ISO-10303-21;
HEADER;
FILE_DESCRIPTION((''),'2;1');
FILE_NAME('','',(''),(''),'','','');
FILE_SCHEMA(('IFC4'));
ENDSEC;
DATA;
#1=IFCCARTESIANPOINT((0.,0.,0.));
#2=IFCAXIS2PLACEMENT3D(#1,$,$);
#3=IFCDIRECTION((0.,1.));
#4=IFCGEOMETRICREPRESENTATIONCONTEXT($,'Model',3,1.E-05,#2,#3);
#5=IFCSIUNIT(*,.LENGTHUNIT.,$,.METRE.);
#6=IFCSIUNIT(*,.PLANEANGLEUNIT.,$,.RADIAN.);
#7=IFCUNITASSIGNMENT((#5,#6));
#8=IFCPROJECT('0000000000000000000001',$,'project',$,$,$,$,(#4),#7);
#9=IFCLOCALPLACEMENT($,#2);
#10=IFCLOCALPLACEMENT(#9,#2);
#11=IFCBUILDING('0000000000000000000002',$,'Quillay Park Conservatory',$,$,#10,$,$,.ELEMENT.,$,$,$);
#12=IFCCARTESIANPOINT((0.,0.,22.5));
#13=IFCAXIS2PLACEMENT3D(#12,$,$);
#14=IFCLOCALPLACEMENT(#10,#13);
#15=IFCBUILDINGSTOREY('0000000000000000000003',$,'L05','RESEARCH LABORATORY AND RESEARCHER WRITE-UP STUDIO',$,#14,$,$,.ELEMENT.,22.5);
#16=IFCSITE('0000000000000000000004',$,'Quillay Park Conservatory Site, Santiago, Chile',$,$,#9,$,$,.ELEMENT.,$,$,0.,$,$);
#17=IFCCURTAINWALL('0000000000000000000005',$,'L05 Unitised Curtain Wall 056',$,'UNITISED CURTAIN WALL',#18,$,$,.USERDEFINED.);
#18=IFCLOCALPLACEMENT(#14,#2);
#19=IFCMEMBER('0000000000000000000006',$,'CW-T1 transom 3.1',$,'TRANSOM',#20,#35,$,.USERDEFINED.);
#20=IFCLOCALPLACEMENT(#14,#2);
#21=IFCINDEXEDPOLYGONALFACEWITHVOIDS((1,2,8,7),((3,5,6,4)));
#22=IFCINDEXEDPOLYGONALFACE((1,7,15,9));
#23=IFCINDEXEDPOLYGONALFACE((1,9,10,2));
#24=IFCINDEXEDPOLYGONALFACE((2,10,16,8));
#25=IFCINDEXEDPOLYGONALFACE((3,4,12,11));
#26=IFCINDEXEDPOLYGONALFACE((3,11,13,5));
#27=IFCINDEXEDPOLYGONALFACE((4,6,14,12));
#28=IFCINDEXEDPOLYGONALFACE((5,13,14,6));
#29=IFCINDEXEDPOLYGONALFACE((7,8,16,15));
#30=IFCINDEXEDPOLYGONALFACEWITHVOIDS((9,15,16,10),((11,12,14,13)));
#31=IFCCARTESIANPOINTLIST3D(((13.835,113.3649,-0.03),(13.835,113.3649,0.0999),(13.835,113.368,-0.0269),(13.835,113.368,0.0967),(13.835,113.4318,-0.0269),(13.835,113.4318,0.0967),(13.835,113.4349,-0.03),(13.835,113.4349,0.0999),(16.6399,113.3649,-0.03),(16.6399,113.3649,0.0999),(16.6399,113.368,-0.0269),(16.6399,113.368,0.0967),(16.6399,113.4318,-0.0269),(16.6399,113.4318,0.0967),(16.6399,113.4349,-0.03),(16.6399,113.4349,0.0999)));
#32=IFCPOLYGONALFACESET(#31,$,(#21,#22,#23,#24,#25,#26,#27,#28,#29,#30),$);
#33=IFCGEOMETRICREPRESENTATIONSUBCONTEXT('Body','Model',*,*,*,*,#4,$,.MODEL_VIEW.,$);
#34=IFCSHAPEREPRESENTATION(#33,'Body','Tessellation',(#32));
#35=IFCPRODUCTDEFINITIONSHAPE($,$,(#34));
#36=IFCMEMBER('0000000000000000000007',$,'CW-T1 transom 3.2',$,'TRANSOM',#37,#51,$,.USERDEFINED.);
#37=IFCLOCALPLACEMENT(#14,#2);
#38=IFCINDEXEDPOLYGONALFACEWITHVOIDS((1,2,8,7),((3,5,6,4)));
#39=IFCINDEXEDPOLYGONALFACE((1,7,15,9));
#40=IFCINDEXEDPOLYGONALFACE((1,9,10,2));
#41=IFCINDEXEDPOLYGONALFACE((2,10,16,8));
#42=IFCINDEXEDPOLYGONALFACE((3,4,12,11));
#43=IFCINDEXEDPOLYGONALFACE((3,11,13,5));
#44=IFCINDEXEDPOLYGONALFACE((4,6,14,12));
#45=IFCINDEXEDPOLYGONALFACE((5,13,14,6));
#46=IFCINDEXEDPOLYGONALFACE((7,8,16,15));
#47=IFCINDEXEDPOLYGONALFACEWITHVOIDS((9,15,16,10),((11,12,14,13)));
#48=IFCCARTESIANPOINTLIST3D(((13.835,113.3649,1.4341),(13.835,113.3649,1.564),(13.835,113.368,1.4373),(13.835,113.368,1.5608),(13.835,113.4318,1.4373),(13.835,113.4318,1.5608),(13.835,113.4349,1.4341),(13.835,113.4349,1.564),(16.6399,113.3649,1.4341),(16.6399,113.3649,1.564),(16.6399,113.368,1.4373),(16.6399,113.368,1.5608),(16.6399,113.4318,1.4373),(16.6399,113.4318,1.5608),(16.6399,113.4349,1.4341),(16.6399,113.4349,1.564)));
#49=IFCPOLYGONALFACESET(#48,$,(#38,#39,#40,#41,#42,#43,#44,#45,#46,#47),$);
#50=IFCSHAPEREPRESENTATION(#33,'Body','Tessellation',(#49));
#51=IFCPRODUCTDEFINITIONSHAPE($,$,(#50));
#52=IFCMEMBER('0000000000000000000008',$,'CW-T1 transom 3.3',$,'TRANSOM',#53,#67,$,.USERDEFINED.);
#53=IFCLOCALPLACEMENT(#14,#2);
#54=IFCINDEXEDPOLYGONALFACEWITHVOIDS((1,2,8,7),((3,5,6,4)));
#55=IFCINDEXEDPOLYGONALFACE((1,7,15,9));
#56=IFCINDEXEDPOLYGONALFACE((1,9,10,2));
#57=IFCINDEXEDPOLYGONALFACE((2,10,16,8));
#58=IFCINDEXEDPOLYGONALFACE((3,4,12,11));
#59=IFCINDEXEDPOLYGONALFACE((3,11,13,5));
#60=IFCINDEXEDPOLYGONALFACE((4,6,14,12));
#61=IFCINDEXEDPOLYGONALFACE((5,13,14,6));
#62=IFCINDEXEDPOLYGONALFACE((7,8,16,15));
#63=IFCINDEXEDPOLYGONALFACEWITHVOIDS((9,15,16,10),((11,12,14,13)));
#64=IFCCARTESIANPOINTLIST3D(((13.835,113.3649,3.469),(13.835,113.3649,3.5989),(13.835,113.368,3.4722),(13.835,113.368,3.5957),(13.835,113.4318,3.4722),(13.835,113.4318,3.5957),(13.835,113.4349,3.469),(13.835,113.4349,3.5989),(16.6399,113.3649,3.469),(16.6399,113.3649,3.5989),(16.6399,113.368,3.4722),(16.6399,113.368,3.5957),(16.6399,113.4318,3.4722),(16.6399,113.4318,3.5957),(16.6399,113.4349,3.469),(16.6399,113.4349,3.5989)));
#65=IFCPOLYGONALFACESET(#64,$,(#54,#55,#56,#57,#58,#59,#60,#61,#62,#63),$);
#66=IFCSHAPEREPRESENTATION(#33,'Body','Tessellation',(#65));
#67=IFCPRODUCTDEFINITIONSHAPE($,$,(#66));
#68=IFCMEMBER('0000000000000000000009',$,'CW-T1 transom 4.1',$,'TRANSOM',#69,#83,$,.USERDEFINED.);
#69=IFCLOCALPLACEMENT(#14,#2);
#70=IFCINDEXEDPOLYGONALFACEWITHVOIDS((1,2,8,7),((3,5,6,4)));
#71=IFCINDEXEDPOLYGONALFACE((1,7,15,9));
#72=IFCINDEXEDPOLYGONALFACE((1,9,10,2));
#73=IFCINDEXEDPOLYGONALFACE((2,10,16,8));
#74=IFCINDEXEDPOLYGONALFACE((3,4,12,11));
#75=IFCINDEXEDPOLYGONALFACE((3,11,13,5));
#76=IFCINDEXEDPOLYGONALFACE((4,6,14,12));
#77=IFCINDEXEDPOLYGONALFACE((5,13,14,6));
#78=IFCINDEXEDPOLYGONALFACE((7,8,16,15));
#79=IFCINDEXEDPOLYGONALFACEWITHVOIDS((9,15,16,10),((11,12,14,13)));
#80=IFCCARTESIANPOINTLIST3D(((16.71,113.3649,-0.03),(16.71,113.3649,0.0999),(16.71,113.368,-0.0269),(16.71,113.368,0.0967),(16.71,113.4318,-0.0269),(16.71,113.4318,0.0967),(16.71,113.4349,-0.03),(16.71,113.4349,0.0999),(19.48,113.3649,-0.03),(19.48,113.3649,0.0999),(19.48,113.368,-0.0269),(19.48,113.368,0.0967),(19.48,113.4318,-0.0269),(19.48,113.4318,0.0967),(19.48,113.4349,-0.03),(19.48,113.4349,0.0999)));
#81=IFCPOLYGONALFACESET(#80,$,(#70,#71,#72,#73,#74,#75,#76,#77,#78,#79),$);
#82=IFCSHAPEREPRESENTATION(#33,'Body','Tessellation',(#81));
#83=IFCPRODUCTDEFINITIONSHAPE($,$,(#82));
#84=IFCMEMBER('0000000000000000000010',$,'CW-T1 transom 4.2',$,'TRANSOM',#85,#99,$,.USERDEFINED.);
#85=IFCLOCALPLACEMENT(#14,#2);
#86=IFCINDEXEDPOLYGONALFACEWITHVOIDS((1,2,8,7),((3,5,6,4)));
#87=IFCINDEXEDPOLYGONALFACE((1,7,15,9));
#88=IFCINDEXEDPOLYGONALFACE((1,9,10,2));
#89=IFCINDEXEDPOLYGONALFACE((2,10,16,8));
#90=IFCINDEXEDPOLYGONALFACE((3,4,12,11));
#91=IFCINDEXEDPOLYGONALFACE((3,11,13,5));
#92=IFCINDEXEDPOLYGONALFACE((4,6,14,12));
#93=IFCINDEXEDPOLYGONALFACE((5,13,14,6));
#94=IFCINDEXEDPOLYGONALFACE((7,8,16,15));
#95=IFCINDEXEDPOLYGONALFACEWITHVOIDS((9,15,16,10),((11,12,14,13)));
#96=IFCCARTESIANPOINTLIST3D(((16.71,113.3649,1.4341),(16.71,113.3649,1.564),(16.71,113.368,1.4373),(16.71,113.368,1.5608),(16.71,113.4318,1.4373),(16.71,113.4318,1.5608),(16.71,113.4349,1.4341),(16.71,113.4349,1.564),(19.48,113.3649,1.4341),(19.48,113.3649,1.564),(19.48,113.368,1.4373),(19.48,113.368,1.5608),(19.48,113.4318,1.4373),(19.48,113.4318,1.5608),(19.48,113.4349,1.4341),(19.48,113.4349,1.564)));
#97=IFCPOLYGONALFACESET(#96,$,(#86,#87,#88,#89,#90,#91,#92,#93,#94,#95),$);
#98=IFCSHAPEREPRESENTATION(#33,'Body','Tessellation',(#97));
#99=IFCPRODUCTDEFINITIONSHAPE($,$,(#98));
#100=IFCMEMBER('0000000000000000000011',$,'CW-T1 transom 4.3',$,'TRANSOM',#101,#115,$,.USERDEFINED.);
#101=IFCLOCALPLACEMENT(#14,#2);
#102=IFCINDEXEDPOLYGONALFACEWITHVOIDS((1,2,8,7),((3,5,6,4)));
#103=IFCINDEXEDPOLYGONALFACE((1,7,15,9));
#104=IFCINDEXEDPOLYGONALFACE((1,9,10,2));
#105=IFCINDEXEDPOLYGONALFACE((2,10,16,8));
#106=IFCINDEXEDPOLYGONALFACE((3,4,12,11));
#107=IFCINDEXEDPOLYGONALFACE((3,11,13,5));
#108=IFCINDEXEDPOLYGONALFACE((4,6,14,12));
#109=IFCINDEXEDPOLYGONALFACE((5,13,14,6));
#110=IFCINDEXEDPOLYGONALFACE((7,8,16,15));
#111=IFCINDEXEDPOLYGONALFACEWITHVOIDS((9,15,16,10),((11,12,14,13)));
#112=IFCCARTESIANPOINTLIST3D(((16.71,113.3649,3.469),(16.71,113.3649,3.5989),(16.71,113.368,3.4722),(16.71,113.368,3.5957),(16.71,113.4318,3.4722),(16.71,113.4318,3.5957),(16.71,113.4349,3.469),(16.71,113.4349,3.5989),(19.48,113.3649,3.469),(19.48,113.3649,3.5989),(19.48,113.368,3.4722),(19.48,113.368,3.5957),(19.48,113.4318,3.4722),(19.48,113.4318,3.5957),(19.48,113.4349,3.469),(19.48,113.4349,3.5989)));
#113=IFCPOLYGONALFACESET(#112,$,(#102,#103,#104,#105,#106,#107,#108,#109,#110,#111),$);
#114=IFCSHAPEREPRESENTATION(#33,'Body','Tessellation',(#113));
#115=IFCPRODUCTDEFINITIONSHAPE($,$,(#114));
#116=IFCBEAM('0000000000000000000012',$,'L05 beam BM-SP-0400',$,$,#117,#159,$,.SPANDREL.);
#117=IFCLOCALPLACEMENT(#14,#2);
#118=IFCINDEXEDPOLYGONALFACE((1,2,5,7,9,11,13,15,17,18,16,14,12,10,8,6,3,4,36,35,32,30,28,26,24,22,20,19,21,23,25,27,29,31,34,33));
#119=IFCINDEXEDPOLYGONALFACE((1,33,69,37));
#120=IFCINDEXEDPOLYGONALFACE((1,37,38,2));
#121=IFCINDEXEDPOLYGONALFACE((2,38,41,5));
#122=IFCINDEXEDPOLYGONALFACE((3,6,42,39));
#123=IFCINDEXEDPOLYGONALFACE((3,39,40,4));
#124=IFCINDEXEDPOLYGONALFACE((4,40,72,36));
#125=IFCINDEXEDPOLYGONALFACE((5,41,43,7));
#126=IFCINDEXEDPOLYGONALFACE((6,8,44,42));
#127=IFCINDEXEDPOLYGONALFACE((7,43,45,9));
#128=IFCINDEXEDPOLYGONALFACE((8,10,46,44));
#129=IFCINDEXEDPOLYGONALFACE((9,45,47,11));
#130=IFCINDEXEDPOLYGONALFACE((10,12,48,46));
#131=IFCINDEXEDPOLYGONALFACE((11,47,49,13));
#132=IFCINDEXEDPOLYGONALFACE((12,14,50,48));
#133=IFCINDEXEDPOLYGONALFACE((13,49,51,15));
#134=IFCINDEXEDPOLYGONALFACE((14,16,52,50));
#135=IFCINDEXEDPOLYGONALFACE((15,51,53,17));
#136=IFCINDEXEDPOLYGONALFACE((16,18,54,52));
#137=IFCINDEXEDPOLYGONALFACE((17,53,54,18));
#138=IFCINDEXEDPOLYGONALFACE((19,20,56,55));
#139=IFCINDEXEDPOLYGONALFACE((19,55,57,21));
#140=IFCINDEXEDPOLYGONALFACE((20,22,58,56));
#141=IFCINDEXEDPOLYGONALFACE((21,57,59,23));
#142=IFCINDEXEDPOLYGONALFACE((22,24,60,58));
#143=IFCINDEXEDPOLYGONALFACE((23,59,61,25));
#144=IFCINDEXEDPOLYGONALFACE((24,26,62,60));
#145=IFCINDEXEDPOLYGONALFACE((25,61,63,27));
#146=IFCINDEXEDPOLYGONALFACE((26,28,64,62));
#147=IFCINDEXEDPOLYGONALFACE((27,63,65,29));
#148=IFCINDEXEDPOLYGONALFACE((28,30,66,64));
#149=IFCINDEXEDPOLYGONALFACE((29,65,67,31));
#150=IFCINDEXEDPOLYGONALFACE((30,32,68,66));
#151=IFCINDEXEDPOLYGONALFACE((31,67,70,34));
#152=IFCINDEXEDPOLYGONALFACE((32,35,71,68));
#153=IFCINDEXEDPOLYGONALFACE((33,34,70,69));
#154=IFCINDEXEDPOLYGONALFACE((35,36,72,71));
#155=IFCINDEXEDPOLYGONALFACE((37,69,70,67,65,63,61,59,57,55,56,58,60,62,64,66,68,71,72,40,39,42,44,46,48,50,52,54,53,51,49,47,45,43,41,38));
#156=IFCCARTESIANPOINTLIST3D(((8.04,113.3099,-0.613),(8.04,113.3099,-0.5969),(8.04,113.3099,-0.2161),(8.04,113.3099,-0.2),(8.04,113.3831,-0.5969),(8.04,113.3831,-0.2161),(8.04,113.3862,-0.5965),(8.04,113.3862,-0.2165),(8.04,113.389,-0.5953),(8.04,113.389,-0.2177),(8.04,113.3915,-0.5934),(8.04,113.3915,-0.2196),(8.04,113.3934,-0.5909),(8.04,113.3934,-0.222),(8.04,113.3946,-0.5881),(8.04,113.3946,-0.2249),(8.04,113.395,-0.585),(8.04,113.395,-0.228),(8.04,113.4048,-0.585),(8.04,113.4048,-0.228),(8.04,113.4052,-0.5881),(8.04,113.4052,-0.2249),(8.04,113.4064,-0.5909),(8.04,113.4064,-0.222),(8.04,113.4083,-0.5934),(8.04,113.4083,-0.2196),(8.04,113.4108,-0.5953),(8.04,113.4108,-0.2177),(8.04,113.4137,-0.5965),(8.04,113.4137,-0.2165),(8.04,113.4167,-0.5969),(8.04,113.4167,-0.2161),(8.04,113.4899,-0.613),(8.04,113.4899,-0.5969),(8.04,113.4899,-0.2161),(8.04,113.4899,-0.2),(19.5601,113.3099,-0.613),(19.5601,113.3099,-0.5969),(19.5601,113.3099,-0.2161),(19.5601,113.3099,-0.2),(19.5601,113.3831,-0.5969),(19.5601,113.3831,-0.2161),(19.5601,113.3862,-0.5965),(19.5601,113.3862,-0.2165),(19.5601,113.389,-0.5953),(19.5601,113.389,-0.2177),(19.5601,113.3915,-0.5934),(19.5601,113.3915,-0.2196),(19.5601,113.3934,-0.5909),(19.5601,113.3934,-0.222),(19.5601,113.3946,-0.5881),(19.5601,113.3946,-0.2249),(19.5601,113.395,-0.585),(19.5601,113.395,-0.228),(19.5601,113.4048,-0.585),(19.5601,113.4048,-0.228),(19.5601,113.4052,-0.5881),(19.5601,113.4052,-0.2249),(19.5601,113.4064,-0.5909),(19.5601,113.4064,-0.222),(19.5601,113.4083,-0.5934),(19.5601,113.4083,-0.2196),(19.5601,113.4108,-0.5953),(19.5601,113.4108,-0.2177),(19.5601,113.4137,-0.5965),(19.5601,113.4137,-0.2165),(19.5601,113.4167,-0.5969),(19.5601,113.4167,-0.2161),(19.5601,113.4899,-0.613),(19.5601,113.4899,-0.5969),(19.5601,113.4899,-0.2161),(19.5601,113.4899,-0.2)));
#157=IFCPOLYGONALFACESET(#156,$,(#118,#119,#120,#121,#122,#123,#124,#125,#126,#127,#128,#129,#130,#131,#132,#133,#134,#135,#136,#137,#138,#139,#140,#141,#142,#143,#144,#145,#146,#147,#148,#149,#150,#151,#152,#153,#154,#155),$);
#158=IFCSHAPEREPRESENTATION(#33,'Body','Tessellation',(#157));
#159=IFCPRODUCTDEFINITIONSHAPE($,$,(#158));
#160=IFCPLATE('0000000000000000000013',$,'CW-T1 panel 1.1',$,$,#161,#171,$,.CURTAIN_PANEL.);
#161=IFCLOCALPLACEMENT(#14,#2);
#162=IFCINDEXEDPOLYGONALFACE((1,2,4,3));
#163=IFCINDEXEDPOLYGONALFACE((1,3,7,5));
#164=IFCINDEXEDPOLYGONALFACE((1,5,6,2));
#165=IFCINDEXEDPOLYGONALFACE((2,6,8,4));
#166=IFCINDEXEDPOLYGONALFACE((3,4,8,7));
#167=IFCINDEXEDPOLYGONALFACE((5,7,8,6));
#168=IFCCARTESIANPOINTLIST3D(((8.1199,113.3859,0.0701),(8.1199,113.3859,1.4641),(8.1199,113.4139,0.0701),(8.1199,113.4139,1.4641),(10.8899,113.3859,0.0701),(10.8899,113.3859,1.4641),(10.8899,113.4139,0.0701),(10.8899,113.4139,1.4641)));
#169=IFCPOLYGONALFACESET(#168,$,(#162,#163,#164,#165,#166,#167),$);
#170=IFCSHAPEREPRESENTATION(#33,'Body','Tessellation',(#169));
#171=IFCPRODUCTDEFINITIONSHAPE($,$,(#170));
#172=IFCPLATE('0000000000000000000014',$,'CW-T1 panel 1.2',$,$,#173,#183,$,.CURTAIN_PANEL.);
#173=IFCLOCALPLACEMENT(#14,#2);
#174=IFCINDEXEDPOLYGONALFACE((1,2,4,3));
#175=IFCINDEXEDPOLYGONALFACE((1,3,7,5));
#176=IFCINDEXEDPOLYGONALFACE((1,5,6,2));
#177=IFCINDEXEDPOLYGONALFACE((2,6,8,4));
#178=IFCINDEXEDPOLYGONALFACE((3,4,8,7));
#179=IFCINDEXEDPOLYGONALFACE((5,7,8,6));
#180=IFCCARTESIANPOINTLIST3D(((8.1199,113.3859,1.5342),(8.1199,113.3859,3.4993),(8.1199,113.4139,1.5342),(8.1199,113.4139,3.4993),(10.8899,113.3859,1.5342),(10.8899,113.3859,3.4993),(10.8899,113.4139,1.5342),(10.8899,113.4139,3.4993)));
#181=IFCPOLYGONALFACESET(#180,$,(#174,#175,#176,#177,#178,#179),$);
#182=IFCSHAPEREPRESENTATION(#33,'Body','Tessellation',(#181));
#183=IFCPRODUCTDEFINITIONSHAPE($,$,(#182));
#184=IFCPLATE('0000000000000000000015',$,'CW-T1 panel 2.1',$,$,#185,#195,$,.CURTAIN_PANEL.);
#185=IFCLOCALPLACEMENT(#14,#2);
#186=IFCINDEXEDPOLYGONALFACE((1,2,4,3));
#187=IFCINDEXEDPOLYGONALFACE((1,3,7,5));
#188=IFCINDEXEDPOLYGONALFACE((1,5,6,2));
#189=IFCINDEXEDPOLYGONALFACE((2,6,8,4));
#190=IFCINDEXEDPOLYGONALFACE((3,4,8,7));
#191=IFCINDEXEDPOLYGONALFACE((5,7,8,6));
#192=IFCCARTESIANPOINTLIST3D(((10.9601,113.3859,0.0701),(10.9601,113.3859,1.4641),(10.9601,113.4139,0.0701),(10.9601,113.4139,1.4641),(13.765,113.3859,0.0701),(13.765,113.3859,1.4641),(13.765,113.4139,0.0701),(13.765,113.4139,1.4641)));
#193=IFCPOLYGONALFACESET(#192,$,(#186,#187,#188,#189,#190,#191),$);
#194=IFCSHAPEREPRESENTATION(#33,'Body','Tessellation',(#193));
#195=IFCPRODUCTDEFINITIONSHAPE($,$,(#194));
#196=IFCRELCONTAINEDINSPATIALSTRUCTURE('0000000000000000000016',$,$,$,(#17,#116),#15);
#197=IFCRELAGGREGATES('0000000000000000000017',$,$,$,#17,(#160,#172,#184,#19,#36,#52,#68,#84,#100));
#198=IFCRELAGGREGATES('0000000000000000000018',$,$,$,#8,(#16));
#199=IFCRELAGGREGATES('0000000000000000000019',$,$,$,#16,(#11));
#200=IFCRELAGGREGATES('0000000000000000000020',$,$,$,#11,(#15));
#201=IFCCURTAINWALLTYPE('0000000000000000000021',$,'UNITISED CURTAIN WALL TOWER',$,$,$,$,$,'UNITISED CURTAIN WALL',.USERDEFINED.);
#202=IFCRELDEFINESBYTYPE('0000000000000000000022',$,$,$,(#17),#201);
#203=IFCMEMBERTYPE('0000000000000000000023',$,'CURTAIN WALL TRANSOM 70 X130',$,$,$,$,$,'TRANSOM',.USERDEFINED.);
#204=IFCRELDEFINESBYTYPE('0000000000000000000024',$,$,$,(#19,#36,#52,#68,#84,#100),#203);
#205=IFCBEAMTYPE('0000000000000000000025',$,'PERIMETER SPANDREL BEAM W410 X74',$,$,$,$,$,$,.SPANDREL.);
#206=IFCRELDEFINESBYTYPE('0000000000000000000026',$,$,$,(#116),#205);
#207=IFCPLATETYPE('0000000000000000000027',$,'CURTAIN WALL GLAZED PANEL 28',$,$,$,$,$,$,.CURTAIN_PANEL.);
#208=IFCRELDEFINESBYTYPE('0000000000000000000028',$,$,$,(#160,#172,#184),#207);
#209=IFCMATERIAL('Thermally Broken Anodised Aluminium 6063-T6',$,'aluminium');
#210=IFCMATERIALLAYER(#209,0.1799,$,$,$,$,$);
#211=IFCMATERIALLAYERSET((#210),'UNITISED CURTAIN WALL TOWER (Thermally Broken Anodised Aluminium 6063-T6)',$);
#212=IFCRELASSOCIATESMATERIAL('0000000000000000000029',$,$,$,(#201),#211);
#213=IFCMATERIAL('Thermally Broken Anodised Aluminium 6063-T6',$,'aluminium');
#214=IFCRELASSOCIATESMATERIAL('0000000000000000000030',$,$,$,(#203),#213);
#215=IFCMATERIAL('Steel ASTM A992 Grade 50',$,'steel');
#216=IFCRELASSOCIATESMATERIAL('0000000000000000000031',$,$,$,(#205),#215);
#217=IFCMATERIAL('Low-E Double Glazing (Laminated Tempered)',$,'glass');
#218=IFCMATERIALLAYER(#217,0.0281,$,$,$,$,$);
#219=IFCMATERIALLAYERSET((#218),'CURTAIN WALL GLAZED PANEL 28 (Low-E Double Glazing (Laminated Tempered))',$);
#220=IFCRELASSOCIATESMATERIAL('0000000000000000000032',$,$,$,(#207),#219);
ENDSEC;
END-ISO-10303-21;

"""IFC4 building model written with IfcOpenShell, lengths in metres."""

from ifc_helpers import new_model, si_unit, direction, frame, origin, origin_2d, place, context, subcontext, project, spatial, rectangle, hollow_rectangle, i_section, extrude, material, layer, layer_set, material_profile, profile_set, type_object, element, aggregate, save


model = new_model("IFC4")

# Units and contexts
model_context = context("Model", 3, precision=1e-05, world=origin(), true_north=direction((0.0, 1.0)))
body_context = subcontext(model_context, "Body", "Model", "MODEL_VIEW")
ifc_project = project(units=[si_unit("LENGTHUNIT", "METRE"), si_unit("PLANEANGLEUNIT", "RADIAN")], contexts=[model_context])

# Site, building, storey
site_placement = place(None, origin())
site = spatial("IfcSite", under=ifc_project, at=site_placement, Name="Quillay Park Conservatory Site, Santiago, Chile", CompositionType="ELEMENT", RefElevation=0.0)
building_placement = place(site_placement, origin())
building = spatial("IfcBuilding", under=site, at=building_placement, Name="Quillay Park Conservatory", CompositionType="ELEMENT")
storey_placement = place(building_placement, frame((0.0, 0.0, 22.5)))
storey = spatial("IfcBuildingStorey", under=building, at=storey_placement, Name="L05", Description="RESEARCH LABORATORY AND RESEARCHER WRITE-UP STUDIO", CompositionType="ELEMENT", Elevation=22.5)

# Curtain wall, members
ifc_material_1 = material(Name="Thermally Broken Anodised Aluminium 6063-T6", Category="aluminium")
ifc_layer_1 = layer(ifc_material_1, 0.1799)
ifc_layer_set_1 = layer_set([ifc_layer_1], Name="UNITISED CURTAIN WALL TOWER (Thermally Broken Anodised Aluminium 6063-T6)")
curtain_wall_type = type_object("IfcCurtainWallType", Name="UNITISED CURTAIN WALL TOWER", ElementType="UNITISED CURTAIN WALL", PredefinedType="USERDEFINED", material=ifc_layer_set_1)
curtain_wall_placement = place(storey_placement, origin())
curtain_wall = element("IfcCurtainWall", 1, at=curtain_wall_placement, inside=storey, type_object=curtain_wall_type, Name="L05 Unitised Curtain Wall 056", ObjectType="UNITISED CURTAIN WALL", PredefinedType="USERDEFINED")
ifc_material_2 = material(Name="Thermally Broken Anodised Aluminium 6063-T6", Category="aluminium")
ifc_material_profile_1 = material_profile(ifc_material_2, hollow_rectangle(XDim=0.0701, YDim=0.1299, WallThickness=0.0032, at=origin_2d()), Name="AL70x130x3.2")
ifc_profile_set_1 = profile_set([ifc_material_profile_1], Name="Thermally Broken Anodised Aluminium 6063-T6")
member_type_1 = type_object("IfcMemberType", Name="CURTAIN WALL TRANSOM 70 X130", ElementType="TRANSOM", PredefinedType="USERDEFINED", material=ifc_profile_set_1)
member_1_placement = place(storey_placement, frame((13.835, 113.3999, 0.0349), z_axis=(1.0, 0.0, 0.0), x_axis=(0.0, 1.0, 0.0)))
member_1 = element("IfcMember", 2, at=member_1_placement, type_object=member_type_1, Name="CW-T1 transom 3.1", ObjectType="TRANSOM", PredefinedType="USERDEFINED", context=body_context, shape_type="SweptSolid", body=[
    extrude(hollow_rectangle(XDim=0.0701, YDim=0.1299, WallThickness=0.0032, at=origin_2d()), origin(), (0.0, 0.0, 1.0), 2.8049),
])
member_2_placement = place(storey_placement, frame((13.835, 113.3999, 1.499), z_axis=(1.0, 0.0, 0.0), x_axis=(0.0, 1.0, 0.0)))
member_2 = element("IfcMember", 3, at=member_2_placement, type_object=member_type_1, Name="CW-T1 transom 3.2", ObjectType="TRANSOM", PredefinedType="USERDEFINED", context=body_context, shape_type="SweptSolid", body=[
    extrude(hollow_rectangle(XDim=0.0701, YDim=0.1299, WallThickness=0.0032, at=origin_2d()), origin(), (0.0, 0.0, 1.0), 2.8049),
])
member_3_placement = place(storey_placement, frame((13.835, 113.3999, 3.5339), z_axis=(1.0, 0.0, 0.0), x_axis=(0.0, 1.0, 0.0)))
member_3 = element("IfcMember", 4, at=member_3_placement, type_object=member_type_1, Name="CW-T1 transom 3.3", ObjectType="TRANSOM", PredefinedType="USERDEFINED", context=body_context, shape_type="SweptSolid", body=[
    extrude(hollow_rectangle(XDim=0.0701, YDim=0.1299, WallThickness=0.0032, at=origin_2d()), origin(), (0.0, 0.0, 1.0), 2.8049),
])
member_4_placement = place(storey_placement, frame((16.71, 113.3999, 0.0349), z_axis=(1.0, 0.0, 0.0), x_axis=(0.0, 1.0, 0.0)))
member_4 = element("IfcMember", 5, at=member_4_placement, type_object=member_type_1, Name="CW-T1 transom 4.1", ObjectType="TRANSOM", PredefinedType="USERDEFINED", context=body_context, shape_type="SweptSolid", body=[
    extrude(hollow_rectangle(XDim=0.0701, YDim=0.1299, WallThickness=0.0032, at=origin_2d()), origin(), (0.0, 0.0, 1.0), 2.77),
])
member_5_placement = place(storey_placement, frame((16.71, 113.3999, 1.499), z_axis=(1.0, 0.0, 0.0), x_axis=(0.0, 1.0, 0.0)))
member_5 = element("IfcMember", 6, at=member_5_placement, type_object=member_type_1, Name="CW-T1 transom 4.2", ObjectType="TRANSOM", PredefinedType="USERDEFINED", context=body_context, shape_type="SweptSolid", body=[
    extrude(hollow_rectangle(XDim=0.0701, YDim=0.1299, WallThickness=0.0032, at=origin_2d()), origin(), (0.0, 0.0, 1.0), 2.77),
])
member_6_placement = place(storey_placement, frame((16.71, 113.3999, 3.5339), z_axis=(1.0, 0.0, 0.0), x_axis=(0.0, 1.0, 0.0)))
member_6 = element("IfcMember", 7, at=member_6_placement, type_object=member_type_1, Name="CW-T1 transom 4.3", ObjectType="TRANSOM", PredefinedType="USERDEFINED", context=body_context, shape_type="SweptSolid", body=[
    extrude(hollow_rectangle(XDim=0.0701, YDim=0.1299, WallThickness=0.0032, at=origin_2d()), origin(), (0.0, 0.0, 1.0), 2.77),
])

# Beam
ifc_material_3 = material(Name="Steel ASTM A992 Grade 50", Category="steel")
ifc_material_profile_2 = material_profile(ifc_material_3, i_section(OverallWidth=0.1799, OverallDepth=0.4131, WebThickness=0.0098, FlangeThickness=0.0161, FilletRadius=0.012, at=origin_2d()), Name="W410x74")
ifc_profile_set_2 = profile_set([ifc_material_profile_2], Name="Steel ASTM A992 Grade 50")
beam_type = type_object("IfcBeamType", Name="PERIMETER SPANDREL BEAM W410 X74", PredefinedType="SPANDREL", material=ifc_profile_set_2)
beam_placement = place(storey_placement, frame((8.04, 113.3999, -0.4065), z_axis=(1.0, 0.0, 0.0), x_axis=(0.0, 1.0, 0.0)))
element("IfcBeam", 8, at=beam_placement, inside=storey, type_object=beam_type, Name="L05 beam BM-SP-0400", PredefinedType="SPANDREL", context=body_context, shape_type="SweptSolid", body=[
    extrude(i_section(OverallWidth=0.1799, OverallDepth=0.4131, WebThickness=0.0098, FlangeThickness=0.0161, FilletRadius=0.012, at=origin_2d()), origin(), (0.0, 0.0, 1.0), 11.52),
])

# Plates
ifc_material_4 = material(Name="Low-E Double Glazing (Laminated Tempered)", Category="glass")
ifc_layer_2 = layer(ifc_material_4, 0.0281)
ifc_layer_set_2 = layer_set([ifc_layer_2], Name="CURTAIN WALL GLAZED PANEL 28 (Low-E Double Glazing (Laminated Tempered))")
plate_type = type_object("IfcPlateType", Name="CURTAIN WALL GLAZED PANEL 28", PredefinedType="CURTAIN_PANEL", material=ifc_layer_set_2)
plate_1_placement = place(storey_placement, frame((9.5049, 113.3999, 0.0701), z_axis=(0.0, 0.0, 1.0), x_axis=(1.0, 0.0, 0.0)))
plate_1 = element("IfcPlate", 9, at=plate_1_placement, type_object=plate_type, Name="CW-T1 panel 1.1", PredefinedType="CURTAIN_PANEL", context=body_context, shape_type="SweptSolid", body=[
    extrude(rectangle(XDim=2.77, YDim=0.0281, at=origin_2d()), origin(), (0.0, 0.0, 1.0), 1.394),
])
plate_2_placement = place(storey_placement, frame((9.5049, 113.3999, 1.5342), z_axis=(0.0, 0.0, 1.0), x_axis=(1.0, 0.0, 0.0)))
plate_2 = element("IfcPlate", 10, at=plate_2_placement, type_object=plate_type, Name="CW-T1 panel 1.2", PredefinedType="CURTAIN_PANEL", context=body_context, shape_type="SweptSolid", body=[
    extrude(rectangle(XDim=2.77, YDim=0.0281, at=origin_2d()), origin(), (0.0, 0.0, 1.0), 1.9651),
])
plate_3_placement = place(storey_placement, frame((12.3625, 113.3999, 0.0701), z_axis=(0.0, 0.0, 1.0), x_axis=(1.0, 0.0, 0.0)))
plate_3 = element("IfcPlate", 11, at=plate_3_placement, type_object=plate_type, Name="CW-T1 panel 2.1", PredefinedType="CURTAIN_PANEL", context=body_context, shape_type="SweptSolid", body=[
    extrude(rectangle(XDim=2.8049, YDim=0.0281, at=origin_2d()), origin(), (0.0, 0.0, 1.0), 1.394),
])
aggregate(curtain_wall, [plate_1, plate_2, plate_3, member_1, member_2, member_3, member_4, member_5, member_6])

save(model, "model.ifc")
